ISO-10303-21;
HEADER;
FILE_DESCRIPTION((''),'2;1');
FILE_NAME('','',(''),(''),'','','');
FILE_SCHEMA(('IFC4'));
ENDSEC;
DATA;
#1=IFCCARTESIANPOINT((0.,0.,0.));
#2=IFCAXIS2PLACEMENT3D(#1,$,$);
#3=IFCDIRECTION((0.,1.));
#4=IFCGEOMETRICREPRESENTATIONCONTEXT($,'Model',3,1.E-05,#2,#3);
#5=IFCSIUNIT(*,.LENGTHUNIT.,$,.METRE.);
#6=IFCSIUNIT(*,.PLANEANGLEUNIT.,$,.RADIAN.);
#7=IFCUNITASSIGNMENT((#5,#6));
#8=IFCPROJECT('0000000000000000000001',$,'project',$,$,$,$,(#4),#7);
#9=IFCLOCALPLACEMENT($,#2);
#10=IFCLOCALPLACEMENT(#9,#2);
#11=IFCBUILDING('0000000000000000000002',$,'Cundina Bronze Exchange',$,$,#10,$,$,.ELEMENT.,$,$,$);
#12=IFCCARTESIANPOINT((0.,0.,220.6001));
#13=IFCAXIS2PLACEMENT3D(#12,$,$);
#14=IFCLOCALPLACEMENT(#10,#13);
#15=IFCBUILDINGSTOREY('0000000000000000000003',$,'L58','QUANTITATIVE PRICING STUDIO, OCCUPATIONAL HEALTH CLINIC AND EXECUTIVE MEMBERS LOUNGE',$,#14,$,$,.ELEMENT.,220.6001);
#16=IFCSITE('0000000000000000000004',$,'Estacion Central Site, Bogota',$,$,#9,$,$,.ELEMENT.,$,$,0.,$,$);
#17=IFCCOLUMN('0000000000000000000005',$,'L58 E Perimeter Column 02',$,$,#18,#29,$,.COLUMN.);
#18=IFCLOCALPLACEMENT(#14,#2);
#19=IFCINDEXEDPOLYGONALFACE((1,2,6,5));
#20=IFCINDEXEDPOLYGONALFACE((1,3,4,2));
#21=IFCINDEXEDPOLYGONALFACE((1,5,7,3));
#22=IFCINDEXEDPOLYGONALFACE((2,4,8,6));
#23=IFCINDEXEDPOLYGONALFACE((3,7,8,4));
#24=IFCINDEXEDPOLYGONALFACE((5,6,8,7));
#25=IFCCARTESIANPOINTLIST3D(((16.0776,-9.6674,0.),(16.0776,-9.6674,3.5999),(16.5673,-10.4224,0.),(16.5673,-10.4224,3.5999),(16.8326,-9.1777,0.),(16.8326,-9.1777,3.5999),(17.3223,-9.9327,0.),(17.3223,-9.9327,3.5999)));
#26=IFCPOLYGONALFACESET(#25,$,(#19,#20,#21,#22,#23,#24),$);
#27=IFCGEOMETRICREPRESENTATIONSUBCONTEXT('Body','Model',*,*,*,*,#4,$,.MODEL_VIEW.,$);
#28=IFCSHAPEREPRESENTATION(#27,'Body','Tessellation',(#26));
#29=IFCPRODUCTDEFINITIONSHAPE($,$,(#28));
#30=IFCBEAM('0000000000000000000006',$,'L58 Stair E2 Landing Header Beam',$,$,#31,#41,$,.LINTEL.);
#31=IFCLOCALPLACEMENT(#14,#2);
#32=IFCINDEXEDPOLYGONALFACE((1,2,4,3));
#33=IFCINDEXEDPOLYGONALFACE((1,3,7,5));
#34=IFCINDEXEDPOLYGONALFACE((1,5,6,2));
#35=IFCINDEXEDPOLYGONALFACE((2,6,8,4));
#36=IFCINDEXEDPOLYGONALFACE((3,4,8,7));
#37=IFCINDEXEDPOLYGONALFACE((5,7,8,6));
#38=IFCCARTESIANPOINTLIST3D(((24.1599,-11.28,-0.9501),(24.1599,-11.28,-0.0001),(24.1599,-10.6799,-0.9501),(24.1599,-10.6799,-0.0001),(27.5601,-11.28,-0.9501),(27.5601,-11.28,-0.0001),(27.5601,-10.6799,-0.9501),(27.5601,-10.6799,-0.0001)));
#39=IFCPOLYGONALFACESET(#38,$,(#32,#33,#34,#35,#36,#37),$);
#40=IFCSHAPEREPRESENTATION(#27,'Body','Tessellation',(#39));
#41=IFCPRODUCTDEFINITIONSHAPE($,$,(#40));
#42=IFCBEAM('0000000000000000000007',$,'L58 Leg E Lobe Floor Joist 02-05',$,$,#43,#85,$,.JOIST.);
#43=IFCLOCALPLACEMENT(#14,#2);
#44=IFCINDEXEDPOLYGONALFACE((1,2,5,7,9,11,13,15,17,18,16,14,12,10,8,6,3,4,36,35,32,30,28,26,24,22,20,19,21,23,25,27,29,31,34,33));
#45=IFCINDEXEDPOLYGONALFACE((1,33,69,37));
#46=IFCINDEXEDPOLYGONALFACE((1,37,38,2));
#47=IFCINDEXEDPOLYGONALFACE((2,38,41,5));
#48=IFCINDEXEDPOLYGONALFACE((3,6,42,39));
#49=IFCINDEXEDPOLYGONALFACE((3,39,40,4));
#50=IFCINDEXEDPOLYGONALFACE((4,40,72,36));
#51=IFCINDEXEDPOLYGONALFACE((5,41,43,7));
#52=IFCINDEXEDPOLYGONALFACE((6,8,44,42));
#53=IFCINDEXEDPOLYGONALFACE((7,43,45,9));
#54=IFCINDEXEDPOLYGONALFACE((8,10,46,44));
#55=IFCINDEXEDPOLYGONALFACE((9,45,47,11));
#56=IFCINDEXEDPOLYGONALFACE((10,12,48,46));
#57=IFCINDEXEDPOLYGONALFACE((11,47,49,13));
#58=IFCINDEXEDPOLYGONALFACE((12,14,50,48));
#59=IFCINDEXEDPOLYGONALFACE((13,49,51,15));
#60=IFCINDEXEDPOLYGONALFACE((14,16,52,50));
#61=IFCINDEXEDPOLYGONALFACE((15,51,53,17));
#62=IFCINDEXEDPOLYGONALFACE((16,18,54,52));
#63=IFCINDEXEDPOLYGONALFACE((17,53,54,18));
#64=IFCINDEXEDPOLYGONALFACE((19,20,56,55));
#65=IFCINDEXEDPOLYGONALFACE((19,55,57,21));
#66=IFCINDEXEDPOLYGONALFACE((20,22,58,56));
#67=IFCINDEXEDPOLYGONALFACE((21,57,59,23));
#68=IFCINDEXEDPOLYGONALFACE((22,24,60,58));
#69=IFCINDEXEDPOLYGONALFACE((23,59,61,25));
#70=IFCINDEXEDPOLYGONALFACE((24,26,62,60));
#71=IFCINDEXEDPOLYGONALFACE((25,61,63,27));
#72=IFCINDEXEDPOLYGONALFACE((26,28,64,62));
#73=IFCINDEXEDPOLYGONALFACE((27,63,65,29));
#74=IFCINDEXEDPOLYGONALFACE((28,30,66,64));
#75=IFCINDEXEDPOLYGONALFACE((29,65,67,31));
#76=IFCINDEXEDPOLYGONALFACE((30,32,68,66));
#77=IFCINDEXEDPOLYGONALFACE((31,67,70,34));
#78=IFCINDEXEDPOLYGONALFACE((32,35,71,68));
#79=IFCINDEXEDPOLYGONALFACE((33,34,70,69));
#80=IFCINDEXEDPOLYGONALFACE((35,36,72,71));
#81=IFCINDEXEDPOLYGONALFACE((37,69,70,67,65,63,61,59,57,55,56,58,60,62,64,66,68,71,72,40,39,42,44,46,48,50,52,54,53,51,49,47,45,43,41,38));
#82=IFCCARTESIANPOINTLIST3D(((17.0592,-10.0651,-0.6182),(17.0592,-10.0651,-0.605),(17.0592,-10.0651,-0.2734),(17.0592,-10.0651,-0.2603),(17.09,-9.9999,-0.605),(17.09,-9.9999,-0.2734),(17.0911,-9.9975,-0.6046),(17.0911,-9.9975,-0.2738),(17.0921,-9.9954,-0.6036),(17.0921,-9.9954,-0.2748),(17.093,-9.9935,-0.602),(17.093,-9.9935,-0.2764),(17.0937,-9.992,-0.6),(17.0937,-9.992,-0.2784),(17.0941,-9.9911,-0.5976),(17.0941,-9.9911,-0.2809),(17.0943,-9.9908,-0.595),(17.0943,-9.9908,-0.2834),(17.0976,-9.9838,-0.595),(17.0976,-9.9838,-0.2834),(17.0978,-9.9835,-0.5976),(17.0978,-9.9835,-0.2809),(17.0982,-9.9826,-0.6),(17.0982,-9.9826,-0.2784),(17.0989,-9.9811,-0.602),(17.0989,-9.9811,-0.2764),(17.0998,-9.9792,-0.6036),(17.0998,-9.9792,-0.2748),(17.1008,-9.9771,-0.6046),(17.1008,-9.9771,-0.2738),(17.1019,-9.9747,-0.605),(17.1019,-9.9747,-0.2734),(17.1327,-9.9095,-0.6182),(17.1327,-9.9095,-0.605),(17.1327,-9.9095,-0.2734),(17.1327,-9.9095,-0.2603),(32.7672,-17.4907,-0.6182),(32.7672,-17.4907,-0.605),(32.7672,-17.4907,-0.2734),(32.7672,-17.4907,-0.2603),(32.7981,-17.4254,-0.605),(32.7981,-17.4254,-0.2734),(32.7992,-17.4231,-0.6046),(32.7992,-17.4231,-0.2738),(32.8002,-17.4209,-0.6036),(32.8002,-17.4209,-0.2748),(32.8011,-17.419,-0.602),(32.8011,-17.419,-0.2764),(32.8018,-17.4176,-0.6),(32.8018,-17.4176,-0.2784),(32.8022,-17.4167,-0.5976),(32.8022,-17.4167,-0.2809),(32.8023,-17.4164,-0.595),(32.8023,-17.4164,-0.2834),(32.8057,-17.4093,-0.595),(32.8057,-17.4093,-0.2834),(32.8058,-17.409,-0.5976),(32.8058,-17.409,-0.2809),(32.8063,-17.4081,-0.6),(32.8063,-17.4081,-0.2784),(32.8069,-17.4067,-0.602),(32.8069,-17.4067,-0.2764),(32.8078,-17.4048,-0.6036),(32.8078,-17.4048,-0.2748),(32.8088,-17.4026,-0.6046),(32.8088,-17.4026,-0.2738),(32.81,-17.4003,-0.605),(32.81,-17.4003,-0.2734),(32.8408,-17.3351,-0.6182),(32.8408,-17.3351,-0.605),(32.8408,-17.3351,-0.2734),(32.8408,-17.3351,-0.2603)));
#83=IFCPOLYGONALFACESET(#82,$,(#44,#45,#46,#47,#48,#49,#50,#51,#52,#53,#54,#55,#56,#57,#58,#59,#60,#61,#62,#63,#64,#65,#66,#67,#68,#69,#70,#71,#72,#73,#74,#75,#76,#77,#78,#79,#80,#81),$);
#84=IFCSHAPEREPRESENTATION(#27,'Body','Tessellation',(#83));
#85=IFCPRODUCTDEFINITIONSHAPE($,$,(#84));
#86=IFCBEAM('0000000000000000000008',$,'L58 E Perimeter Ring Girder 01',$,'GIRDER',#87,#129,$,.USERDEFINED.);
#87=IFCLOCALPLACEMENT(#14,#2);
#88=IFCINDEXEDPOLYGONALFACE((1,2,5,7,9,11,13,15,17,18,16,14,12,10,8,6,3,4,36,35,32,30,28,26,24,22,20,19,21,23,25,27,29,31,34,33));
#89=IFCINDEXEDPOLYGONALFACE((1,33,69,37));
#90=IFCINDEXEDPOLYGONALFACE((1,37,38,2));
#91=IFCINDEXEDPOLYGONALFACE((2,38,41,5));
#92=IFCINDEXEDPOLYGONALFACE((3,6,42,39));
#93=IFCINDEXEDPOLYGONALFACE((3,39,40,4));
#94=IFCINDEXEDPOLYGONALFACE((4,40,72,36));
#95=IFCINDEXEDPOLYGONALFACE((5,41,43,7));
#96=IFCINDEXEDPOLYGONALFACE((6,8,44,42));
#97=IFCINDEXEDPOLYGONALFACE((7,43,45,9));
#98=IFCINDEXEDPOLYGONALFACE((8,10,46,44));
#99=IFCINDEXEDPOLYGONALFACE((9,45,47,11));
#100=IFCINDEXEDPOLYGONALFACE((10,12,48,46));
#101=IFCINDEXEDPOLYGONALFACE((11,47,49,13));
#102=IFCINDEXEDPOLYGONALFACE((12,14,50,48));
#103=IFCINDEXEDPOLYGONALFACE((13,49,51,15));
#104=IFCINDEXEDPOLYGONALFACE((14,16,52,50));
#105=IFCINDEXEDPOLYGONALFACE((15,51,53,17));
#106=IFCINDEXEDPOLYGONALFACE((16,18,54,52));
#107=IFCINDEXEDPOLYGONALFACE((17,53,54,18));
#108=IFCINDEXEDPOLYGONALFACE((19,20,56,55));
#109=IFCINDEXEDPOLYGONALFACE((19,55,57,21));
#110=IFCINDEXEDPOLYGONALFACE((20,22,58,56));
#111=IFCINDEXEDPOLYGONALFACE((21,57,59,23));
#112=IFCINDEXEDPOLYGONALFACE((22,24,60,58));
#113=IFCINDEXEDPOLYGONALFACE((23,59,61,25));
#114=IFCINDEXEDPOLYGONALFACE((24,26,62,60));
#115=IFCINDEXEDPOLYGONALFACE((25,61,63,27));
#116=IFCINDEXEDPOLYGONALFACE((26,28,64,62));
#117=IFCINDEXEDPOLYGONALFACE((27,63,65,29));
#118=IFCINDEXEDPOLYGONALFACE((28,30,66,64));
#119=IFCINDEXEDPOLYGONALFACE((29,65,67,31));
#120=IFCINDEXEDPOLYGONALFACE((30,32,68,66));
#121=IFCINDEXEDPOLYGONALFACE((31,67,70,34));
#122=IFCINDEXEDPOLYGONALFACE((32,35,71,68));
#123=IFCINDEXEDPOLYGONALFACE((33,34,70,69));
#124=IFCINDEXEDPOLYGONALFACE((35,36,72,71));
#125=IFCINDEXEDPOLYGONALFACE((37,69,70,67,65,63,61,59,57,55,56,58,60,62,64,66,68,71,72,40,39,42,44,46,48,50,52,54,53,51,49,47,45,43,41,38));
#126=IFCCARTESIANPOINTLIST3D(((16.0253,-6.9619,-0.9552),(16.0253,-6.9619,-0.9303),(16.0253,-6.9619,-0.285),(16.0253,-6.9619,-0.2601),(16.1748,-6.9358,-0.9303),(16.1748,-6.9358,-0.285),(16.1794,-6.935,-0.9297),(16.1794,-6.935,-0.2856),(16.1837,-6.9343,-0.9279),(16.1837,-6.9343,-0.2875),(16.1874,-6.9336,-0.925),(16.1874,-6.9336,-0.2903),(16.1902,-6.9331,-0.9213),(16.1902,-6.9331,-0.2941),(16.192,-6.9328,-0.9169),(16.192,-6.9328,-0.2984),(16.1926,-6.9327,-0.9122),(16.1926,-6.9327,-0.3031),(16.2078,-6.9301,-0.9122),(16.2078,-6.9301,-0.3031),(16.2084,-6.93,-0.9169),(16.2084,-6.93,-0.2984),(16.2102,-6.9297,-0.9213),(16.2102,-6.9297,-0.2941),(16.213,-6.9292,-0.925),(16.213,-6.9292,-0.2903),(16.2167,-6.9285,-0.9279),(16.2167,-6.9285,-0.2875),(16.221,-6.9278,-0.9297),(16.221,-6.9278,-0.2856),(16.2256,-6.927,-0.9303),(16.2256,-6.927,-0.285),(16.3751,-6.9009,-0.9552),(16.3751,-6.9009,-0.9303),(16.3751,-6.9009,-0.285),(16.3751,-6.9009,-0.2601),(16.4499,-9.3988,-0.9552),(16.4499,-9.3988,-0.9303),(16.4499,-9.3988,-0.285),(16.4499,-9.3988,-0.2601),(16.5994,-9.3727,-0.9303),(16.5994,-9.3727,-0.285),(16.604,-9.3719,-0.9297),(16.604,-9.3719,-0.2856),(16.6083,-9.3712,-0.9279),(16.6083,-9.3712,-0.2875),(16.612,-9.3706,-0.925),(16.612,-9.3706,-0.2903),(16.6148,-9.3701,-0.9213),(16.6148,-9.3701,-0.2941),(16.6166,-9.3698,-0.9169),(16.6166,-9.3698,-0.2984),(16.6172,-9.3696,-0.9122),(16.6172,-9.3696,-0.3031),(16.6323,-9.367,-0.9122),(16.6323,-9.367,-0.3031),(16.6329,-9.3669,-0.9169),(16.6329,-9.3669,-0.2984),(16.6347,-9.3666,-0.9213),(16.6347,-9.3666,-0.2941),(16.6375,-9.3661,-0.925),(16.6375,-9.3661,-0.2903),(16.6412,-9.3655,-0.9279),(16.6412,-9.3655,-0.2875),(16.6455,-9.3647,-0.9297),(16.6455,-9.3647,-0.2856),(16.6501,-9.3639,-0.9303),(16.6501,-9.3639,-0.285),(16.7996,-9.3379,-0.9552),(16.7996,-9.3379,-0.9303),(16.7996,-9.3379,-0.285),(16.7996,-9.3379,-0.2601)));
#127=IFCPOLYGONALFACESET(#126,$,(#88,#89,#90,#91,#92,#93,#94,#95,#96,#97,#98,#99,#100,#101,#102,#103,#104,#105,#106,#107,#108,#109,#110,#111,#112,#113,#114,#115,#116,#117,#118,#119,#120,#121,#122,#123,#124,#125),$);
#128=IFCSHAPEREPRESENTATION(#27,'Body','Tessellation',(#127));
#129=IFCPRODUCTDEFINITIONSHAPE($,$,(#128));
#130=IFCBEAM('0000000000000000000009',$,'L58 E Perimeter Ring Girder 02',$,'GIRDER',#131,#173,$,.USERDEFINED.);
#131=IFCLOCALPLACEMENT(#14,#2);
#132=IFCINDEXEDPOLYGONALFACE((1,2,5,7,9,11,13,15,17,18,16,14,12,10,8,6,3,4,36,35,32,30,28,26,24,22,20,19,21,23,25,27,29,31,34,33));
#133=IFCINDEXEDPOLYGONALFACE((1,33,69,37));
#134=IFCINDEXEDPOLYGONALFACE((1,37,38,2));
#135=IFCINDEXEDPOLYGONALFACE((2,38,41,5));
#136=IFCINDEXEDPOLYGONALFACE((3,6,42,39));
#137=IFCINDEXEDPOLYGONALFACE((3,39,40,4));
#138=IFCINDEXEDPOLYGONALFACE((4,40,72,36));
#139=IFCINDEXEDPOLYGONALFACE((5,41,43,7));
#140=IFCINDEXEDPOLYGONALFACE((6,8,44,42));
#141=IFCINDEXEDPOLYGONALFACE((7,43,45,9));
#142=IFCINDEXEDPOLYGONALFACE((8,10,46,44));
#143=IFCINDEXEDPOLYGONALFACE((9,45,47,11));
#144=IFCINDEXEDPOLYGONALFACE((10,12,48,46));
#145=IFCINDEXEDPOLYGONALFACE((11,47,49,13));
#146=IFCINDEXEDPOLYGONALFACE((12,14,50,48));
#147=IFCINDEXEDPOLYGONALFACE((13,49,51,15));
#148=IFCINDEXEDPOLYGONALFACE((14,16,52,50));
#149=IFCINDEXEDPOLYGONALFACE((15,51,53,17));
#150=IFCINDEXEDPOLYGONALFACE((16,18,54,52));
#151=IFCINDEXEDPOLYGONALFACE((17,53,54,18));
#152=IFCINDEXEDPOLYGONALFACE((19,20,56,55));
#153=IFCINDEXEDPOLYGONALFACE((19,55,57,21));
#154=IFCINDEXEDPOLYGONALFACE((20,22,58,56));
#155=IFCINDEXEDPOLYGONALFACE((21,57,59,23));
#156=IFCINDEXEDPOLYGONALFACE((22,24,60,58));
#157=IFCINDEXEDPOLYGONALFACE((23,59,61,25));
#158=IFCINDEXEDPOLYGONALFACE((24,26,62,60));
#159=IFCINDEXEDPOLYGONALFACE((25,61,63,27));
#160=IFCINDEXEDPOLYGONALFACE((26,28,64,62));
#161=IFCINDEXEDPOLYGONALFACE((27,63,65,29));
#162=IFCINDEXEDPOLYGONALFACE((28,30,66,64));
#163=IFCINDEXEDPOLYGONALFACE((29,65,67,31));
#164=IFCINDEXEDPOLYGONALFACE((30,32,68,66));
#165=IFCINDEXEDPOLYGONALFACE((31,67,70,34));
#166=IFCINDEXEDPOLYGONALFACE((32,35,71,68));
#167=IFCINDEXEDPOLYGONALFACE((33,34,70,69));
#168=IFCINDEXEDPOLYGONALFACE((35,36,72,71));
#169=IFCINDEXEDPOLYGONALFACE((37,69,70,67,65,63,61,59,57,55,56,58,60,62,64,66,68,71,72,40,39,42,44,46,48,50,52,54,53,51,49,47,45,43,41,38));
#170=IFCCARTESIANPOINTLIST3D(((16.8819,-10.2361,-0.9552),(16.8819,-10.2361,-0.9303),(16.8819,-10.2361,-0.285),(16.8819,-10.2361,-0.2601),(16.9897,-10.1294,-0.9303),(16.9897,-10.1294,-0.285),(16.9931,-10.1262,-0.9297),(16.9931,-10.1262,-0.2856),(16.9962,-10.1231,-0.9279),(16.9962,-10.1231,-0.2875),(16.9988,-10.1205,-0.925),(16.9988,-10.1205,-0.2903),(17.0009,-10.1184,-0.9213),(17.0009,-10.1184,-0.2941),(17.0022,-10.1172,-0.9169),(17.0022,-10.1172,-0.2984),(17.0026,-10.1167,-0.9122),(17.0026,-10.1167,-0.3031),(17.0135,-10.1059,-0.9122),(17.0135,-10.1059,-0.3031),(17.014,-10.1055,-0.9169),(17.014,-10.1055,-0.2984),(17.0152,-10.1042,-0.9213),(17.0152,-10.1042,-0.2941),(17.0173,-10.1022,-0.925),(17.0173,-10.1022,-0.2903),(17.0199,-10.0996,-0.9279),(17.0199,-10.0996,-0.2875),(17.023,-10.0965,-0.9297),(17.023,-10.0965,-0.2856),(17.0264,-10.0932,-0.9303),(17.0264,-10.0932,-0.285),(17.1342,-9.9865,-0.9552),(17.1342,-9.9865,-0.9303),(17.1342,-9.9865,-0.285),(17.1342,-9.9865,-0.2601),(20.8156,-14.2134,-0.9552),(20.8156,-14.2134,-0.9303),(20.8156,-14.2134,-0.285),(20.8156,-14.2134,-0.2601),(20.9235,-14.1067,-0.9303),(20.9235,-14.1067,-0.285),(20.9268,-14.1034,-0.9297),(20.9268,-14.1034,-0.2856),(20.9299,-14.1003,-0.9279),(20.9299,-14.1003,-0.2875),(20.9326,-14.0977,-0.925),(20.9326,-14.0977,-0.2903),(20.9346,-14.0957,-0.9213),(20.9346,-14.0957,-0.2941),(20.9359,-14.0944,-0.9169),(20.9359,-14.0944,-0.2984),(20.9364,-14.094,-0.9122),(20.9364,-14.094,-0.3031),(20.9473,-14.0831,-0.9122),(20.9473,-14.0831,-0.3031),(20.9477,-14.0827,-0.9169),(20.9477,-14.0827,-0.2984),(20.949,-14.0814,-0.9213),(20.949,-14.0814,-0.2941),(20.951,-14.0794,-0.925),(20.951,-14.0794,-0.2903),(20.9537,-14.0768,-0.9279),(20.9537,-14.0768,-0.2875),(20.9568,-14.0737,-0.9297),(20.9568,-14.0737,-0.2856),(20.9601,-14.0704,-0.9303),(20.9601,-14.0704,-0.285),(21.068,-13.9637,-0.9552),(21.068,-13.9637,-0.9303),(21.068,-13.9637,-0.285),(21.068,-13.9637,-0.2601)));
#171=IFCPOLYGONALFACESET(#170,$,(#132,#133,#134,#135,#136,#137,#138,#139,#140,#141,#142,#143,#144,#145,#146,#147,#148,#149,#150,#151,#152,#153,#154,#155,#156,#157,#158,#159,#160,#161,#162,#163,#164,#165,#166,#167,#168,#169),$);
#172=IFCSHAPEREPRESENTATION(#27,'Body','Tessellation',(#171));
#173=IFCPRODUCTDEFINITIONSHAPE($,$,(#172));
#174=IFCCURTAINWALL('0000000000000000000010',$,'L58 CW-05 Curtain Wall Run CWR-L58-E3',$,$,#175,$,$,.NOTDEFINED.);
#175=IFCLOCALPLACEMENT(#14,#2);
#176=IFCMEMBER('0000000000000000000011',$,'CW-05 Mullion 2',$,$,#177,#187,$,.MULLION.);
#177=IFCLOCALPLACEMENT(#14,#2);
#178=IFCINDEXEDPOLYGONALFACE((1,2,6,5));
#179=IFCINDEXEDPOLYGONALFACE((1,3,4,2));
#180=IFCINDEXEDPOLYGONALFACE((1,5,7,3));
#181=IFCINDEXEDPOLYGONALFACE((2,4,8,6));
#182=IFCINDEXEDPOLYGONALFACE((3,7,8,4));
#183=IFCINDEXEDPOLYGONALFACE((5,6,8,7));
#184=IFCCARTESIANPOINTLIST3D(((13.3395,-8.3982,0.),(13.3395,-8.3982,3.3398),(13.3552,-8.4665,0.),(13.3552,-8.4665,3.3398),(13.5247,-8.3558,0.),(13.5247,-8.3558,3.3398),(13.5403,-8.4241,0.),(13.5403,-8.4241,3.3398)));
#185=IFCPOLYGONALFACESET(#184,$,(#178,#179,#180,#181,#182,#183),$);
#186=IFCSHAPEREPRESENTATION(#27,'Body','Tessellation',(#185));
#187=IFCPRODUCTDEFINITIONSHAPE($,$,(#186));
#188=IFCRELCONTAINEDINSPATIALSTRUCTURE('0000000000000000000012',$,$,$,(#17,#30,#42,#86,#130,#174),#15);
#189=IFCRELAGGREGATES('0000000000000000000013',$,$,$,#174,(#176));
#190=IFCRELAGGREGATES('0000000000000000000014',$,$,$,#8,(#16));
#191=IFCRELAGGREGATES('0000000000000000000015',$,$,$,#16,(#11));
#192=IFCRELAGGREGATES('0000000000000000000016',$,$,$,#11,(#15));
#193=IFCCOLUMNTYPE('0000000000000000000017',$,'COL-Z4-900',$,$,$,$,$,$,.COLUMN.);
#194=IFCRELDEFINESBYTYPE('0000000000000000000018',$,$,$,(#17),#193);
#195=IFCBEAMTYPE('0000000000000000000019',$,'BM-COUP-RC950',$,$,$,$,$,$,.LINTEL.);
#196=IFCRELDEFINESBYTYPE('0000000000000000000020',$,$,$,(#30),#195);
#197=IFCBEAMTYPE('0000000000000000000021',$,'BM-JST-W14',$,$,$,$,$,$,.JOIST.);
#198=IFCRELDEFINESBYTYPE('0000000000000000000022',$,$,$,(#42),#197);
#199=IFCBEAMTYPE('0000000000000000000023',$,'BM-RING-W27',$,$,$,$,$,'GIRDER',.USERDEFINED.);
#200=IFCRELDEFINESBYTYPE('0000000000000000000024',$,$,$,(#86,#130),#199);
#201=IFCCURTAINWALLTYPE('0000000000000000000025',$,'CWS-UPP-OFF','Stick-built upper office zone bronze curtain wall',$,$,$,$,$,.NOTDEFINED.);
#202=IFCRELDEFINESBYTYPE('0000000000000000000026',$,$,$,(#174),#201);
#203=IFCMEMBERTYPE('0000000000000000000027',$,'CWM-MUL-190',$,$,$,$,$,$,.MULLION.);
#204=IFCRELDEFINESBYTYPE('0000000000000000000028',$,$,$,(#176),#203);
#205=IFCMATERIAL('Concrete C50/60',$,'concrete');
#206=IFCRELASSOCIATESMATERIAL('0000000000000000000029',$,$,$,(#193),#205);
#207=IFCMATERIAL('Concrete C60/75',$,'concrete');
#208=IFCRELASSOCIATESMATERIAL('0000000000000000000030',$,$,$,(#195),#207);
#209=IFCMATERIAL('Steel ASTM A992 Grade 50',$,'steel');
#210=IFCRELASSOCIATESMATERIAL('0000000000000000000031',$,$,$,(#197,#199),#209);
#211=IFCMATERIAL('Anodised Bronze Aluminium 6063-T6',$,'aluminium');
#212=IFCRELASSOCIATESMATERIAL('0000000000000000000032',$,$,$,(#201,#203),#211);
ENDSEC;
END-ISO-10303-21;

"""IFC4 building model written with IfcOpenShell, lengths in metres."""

from ifc_helpers import new_model, si_unit, direction, frame, origin, origin_2d, place, context, subcontext, project, spatial, rectangle, i_section, extrude, material, material_profile, profile_set, type_object, element, aggregate, save


model = new_model("IFC4")

# Units and contexts
model_context = context("Model", 3, precision=1e-05, world=origin(), true_north=direction((0.0, 1.0)))
body_context = subcontext(model_context, "Body", "Model", "MODEL_VIEW")
ifc_project = project(units=[si_unit("LENGTHUNIT", "METRE"), si_unit("PLANEANGLEUNIT", "RADIAN")], contexts=[model_context])

# Site, building, storey
site_placement = place(None, origin())
site = spatial("IfcSite", under=ifc_project, at=site_placement, Name="Estacion Central Site, Bogota", CompositionType="ELEMENT", RefElevation=0.0)
building_placement = place(site_placement, origin())
building = spatial("IfcBuilding", under=site, at=building_placement, Name="Cundina Bronze Exchange", CompositionType="ELEMENT")
storey_placement = place(building_placement, frame((0.0, 0.0, 220.6001)))
storey = spatial("IfcBuildingStorey", under=building, at=storey_placement, Name="L58", Description="QUANTITATIVE PRICING STUDIO, OCCUPATIONAL HEALTH CLINIC AND EXECUTIVE MEMBERS LOUNGE", CompositionType="ELEMENT", Elevation=220.6001)

# Column
ifc_material_1 = material(Name="Concrete C50/60", Category="concrete")
ifc_material_profile_1 = material_profile(ifc_material_1, rectangle(XDim=0.8999, YDim=0.8999, at=origin_2d()), Name="RC900X900", Category="concrete")
ifc_profile_set_1 = profile_set([ifc_material_profile_1], Name="Concrete C50/60")
column_type = type_object("IfcColumnType", Name="COL-Z4-900", PredefinedType="COLUMN", material=ifc_profile_set_1)
column_placement = place(storey_placement, frame((16.7, -9.8, 0.0), z_axis=(0.0, 0.0, 1.0), x_axis=(0.5442, -0.838956, 0.0)))
element("IfcColumn", 1, at=column_placement, inside=storey, type_object=column_type, Name="L58 E Perimeter Column 02", PredefinedType="COLUMN", context=body_context, shape_type="SweptSolid", body=[
    extrude(rectangle(XDim=0.8999, YDim=0.8999, at=origin_2d()), origin(), (0.0, 0.0, 1.0), 3.5999),
])

# Beams
ifc_material_2 = material(Name="Concrete C60/75", Category="concrete")
ifc_material_profile_2 = material_profile(ifc_material_2, rectangle(XDim=0.6001, YDim=0.95, at=origin_2d()), Name="RC600X950", Category="concrete")
ifc_profile_set_2 = profile_set([ifc_material_profile_2], Name="Concrete C60/75")
beam_type_1 = type_object("IfcBeamType", Name="BM-COUP-RC950", PredefinedType="LINTEL", material=ifc_profile_set_2)
beam_1_placement = place(storey_placement, frame((24.1599, -10.98, -0.4751), z_axis=(1.0, 0.0, 0.0), x_axis=(0.0, 1.0, 0.0)))
element("IfcBeam", 2, at=beam_1_placement, inside=storey, type_object=beam_type_1, Name="L58 Stair E2 Landing Header Beam", PredefinedType="LINTEL", context=body_context, shape_type="SweptSolid", body=[
    extrude(rectangle(XDim=0.6001, YDim=0.95, at=origin_2d()), origin(), (0.0, 0.0, 1.0), 3.4001),
])
ifc_material_3 = material(Name="Steel ASTM A992 Grade 50", Category="steel")
ifc_material_profile_3 = material_profile(ifc_material_3, i_section(OverallWidth=0.1721, OverallDepth=0.3579, WebThickness=0.0078, FlangeThickness=0.0132, FilletRadius=0.01, at=origin_2d()), Name="W14X38", Category="steel")
ifc_profile_set_3 = profile_set([ifc_material_profile_3], Name="Steel ASTM A992 Grade 50")
beam_type_2 = type_object("IfcBeamType", Name="BM-JST-W14", PredefinedType="JOIST", material=ifc_profile_set_3)
beam_2_placement = place(storey_placement, frame((17.0959, -9.9873, -0.4392), z_axis=(0.904074, -0.427376, 0.0), x_axis=(0.427376, 0.904074, 0.0)))
element("IfcBeam", 3, at=beam_2_placement, inside=storey, type_object=beam_type_2, Name="L58 Leg E Lobe Floor Joist 02-05", PredefinedType="JOIST", context=body_context, shape_type="SweptSolid", body=[
    extrude(i_section(OverallWidth=0.1721, OverallDepth=0.3579, WebThickness=0.0078, FlangeThickness=0.0132, FilletRadius=0.01, at=origin_2d()), origin(), (0.0, 0.0, 1.0), 17.3748),
])
ifc_material_profile_4 = material_profile(ifc_material_3, i_section(OverallWidth=0.355, OverallDepth=0.6951, WebThickness=0.0154, FlangeThickness=0.0249, FilletRadius=0.0181, at=origin_2d()), Name="W27X146", Category="steel")
ifc_profile_set_4 = profile_set([ifc_material_profile_4], Name="Steel ASTM A992 Grade 50")
beam_type_3 = type_object("IfcBeamType", Name="BM-RING-W27", ElementType="GIRDER", PredefinedType="USERDEFINED", material=ifc_profile_set_4)
beam_3_placement = place(storey_placement, frame((16.2002, -6.9314, -0.6077), z_axis=(0.171629, -0.985162, 0.0), x_axis=(0.985162, 0.171629, 0.0)))
element("IfcBeam", 4, at=beam_3_placement, inside=storey, type_object=beam_type_3, Name="L58 E Perimeter Ring Girder 01", ObjectType="GIRDER", PredefinedType="USERDEFINED", context=body_context, shape_type="SweptSolid", body=[
    extrude(i_section(OverallWidth=0.355, OverallDepth=0.6951, WebThickness=0.0154, FlangeThickness=0.0249, FilletRadius=0.0181, at=origin_2d()), origin(), (0.0, 0.0, 1.0), 2.4736),
])
beam_4_placement = place(storey_placement, frame((17.0081, -10.1113, -0.6077), z_axis=(0.703212, -0.71098, 0.0), x_axis=(0.71098, 0.703212, 0.0)))
element("IfcBeam", 5, at=beam_4_placement, inside=storey, type_object=beam_type_3, Name="L58 E Perimeter Ring Girder 02", ObjectType="GIRDER", PredefinedType="USERDEFINED", context=body_context, shape_type="SweptSolid", body=[
    extrude(i_section(OverallWidth=0.355, OverallDepth=0.6951, WebThickness=0.0154, FlangeThickness=0.0249, FilletRadius=0.0181, at=origin_2d()), origin(), (0.0, 0.0, 1.0), 5.594),
])

# Curtain wall, member
ifc_material_4 = material(Name="Anodised Bronze Aluminium 6063-T6", Category="aluminium")
curtain_wall_type = type_object("IfcCurtainWallType", Name="CWS-UPP-OFF", Description="Stick-built upper office zone bronze curtain wall", PredefinedType="NOTDEFINED", material=ifc_material_4)
curtain_wall_placement = place(storey_placement, origin())
curtain_wall = element("IfcCurtainWall", 6, at=curtain_wall_placement, inside=storey, type_object=curtain_wall_type, Name="L58 CW-05 Curtain Wall Run CWR-L58-E3", PredefinedType="NOTDEFINED")
ifc_material_profile_5 = material_profile(ifc_material_4, rectangle(XDim=0.0701, YDim=0.1899, at=origin_2d()), Name="AL70X190", Category="aluminium")
ifc_profile_set_5 = profile_set([ifc_material_profile_5], Name="Anodised Bronze Aluminium 6063-T6")
member_type_1 = type_object("IfcMemberType", Name="CWM-MUL-190", PredefinedType="MULLION", material=ifc_profile_set_5)
member_1_placement = place(storey_placement, frame((13.4399, -8.4111, 0.0), z_axis=(0.0, 0.0, 1.0), x_axis=(0.22325, -0.974761, 0.0)))
member_1 = element("IfcMember", 7, at=member_1_placement, type_object=member_type_1, Name="CW-05 Mullion 2", PredefinedType="MULLION", context=body_context, shape_type="SweptSolid", body=[
    extrude(rectangle(XDim=0.0701, YDim=0.1899, at=origin_2d()), origin(), (0.0, 0.0, 1.0), 3.3398),
])
aggregate(curtain_wall, [member_1])

save(model, "model.ifc")
